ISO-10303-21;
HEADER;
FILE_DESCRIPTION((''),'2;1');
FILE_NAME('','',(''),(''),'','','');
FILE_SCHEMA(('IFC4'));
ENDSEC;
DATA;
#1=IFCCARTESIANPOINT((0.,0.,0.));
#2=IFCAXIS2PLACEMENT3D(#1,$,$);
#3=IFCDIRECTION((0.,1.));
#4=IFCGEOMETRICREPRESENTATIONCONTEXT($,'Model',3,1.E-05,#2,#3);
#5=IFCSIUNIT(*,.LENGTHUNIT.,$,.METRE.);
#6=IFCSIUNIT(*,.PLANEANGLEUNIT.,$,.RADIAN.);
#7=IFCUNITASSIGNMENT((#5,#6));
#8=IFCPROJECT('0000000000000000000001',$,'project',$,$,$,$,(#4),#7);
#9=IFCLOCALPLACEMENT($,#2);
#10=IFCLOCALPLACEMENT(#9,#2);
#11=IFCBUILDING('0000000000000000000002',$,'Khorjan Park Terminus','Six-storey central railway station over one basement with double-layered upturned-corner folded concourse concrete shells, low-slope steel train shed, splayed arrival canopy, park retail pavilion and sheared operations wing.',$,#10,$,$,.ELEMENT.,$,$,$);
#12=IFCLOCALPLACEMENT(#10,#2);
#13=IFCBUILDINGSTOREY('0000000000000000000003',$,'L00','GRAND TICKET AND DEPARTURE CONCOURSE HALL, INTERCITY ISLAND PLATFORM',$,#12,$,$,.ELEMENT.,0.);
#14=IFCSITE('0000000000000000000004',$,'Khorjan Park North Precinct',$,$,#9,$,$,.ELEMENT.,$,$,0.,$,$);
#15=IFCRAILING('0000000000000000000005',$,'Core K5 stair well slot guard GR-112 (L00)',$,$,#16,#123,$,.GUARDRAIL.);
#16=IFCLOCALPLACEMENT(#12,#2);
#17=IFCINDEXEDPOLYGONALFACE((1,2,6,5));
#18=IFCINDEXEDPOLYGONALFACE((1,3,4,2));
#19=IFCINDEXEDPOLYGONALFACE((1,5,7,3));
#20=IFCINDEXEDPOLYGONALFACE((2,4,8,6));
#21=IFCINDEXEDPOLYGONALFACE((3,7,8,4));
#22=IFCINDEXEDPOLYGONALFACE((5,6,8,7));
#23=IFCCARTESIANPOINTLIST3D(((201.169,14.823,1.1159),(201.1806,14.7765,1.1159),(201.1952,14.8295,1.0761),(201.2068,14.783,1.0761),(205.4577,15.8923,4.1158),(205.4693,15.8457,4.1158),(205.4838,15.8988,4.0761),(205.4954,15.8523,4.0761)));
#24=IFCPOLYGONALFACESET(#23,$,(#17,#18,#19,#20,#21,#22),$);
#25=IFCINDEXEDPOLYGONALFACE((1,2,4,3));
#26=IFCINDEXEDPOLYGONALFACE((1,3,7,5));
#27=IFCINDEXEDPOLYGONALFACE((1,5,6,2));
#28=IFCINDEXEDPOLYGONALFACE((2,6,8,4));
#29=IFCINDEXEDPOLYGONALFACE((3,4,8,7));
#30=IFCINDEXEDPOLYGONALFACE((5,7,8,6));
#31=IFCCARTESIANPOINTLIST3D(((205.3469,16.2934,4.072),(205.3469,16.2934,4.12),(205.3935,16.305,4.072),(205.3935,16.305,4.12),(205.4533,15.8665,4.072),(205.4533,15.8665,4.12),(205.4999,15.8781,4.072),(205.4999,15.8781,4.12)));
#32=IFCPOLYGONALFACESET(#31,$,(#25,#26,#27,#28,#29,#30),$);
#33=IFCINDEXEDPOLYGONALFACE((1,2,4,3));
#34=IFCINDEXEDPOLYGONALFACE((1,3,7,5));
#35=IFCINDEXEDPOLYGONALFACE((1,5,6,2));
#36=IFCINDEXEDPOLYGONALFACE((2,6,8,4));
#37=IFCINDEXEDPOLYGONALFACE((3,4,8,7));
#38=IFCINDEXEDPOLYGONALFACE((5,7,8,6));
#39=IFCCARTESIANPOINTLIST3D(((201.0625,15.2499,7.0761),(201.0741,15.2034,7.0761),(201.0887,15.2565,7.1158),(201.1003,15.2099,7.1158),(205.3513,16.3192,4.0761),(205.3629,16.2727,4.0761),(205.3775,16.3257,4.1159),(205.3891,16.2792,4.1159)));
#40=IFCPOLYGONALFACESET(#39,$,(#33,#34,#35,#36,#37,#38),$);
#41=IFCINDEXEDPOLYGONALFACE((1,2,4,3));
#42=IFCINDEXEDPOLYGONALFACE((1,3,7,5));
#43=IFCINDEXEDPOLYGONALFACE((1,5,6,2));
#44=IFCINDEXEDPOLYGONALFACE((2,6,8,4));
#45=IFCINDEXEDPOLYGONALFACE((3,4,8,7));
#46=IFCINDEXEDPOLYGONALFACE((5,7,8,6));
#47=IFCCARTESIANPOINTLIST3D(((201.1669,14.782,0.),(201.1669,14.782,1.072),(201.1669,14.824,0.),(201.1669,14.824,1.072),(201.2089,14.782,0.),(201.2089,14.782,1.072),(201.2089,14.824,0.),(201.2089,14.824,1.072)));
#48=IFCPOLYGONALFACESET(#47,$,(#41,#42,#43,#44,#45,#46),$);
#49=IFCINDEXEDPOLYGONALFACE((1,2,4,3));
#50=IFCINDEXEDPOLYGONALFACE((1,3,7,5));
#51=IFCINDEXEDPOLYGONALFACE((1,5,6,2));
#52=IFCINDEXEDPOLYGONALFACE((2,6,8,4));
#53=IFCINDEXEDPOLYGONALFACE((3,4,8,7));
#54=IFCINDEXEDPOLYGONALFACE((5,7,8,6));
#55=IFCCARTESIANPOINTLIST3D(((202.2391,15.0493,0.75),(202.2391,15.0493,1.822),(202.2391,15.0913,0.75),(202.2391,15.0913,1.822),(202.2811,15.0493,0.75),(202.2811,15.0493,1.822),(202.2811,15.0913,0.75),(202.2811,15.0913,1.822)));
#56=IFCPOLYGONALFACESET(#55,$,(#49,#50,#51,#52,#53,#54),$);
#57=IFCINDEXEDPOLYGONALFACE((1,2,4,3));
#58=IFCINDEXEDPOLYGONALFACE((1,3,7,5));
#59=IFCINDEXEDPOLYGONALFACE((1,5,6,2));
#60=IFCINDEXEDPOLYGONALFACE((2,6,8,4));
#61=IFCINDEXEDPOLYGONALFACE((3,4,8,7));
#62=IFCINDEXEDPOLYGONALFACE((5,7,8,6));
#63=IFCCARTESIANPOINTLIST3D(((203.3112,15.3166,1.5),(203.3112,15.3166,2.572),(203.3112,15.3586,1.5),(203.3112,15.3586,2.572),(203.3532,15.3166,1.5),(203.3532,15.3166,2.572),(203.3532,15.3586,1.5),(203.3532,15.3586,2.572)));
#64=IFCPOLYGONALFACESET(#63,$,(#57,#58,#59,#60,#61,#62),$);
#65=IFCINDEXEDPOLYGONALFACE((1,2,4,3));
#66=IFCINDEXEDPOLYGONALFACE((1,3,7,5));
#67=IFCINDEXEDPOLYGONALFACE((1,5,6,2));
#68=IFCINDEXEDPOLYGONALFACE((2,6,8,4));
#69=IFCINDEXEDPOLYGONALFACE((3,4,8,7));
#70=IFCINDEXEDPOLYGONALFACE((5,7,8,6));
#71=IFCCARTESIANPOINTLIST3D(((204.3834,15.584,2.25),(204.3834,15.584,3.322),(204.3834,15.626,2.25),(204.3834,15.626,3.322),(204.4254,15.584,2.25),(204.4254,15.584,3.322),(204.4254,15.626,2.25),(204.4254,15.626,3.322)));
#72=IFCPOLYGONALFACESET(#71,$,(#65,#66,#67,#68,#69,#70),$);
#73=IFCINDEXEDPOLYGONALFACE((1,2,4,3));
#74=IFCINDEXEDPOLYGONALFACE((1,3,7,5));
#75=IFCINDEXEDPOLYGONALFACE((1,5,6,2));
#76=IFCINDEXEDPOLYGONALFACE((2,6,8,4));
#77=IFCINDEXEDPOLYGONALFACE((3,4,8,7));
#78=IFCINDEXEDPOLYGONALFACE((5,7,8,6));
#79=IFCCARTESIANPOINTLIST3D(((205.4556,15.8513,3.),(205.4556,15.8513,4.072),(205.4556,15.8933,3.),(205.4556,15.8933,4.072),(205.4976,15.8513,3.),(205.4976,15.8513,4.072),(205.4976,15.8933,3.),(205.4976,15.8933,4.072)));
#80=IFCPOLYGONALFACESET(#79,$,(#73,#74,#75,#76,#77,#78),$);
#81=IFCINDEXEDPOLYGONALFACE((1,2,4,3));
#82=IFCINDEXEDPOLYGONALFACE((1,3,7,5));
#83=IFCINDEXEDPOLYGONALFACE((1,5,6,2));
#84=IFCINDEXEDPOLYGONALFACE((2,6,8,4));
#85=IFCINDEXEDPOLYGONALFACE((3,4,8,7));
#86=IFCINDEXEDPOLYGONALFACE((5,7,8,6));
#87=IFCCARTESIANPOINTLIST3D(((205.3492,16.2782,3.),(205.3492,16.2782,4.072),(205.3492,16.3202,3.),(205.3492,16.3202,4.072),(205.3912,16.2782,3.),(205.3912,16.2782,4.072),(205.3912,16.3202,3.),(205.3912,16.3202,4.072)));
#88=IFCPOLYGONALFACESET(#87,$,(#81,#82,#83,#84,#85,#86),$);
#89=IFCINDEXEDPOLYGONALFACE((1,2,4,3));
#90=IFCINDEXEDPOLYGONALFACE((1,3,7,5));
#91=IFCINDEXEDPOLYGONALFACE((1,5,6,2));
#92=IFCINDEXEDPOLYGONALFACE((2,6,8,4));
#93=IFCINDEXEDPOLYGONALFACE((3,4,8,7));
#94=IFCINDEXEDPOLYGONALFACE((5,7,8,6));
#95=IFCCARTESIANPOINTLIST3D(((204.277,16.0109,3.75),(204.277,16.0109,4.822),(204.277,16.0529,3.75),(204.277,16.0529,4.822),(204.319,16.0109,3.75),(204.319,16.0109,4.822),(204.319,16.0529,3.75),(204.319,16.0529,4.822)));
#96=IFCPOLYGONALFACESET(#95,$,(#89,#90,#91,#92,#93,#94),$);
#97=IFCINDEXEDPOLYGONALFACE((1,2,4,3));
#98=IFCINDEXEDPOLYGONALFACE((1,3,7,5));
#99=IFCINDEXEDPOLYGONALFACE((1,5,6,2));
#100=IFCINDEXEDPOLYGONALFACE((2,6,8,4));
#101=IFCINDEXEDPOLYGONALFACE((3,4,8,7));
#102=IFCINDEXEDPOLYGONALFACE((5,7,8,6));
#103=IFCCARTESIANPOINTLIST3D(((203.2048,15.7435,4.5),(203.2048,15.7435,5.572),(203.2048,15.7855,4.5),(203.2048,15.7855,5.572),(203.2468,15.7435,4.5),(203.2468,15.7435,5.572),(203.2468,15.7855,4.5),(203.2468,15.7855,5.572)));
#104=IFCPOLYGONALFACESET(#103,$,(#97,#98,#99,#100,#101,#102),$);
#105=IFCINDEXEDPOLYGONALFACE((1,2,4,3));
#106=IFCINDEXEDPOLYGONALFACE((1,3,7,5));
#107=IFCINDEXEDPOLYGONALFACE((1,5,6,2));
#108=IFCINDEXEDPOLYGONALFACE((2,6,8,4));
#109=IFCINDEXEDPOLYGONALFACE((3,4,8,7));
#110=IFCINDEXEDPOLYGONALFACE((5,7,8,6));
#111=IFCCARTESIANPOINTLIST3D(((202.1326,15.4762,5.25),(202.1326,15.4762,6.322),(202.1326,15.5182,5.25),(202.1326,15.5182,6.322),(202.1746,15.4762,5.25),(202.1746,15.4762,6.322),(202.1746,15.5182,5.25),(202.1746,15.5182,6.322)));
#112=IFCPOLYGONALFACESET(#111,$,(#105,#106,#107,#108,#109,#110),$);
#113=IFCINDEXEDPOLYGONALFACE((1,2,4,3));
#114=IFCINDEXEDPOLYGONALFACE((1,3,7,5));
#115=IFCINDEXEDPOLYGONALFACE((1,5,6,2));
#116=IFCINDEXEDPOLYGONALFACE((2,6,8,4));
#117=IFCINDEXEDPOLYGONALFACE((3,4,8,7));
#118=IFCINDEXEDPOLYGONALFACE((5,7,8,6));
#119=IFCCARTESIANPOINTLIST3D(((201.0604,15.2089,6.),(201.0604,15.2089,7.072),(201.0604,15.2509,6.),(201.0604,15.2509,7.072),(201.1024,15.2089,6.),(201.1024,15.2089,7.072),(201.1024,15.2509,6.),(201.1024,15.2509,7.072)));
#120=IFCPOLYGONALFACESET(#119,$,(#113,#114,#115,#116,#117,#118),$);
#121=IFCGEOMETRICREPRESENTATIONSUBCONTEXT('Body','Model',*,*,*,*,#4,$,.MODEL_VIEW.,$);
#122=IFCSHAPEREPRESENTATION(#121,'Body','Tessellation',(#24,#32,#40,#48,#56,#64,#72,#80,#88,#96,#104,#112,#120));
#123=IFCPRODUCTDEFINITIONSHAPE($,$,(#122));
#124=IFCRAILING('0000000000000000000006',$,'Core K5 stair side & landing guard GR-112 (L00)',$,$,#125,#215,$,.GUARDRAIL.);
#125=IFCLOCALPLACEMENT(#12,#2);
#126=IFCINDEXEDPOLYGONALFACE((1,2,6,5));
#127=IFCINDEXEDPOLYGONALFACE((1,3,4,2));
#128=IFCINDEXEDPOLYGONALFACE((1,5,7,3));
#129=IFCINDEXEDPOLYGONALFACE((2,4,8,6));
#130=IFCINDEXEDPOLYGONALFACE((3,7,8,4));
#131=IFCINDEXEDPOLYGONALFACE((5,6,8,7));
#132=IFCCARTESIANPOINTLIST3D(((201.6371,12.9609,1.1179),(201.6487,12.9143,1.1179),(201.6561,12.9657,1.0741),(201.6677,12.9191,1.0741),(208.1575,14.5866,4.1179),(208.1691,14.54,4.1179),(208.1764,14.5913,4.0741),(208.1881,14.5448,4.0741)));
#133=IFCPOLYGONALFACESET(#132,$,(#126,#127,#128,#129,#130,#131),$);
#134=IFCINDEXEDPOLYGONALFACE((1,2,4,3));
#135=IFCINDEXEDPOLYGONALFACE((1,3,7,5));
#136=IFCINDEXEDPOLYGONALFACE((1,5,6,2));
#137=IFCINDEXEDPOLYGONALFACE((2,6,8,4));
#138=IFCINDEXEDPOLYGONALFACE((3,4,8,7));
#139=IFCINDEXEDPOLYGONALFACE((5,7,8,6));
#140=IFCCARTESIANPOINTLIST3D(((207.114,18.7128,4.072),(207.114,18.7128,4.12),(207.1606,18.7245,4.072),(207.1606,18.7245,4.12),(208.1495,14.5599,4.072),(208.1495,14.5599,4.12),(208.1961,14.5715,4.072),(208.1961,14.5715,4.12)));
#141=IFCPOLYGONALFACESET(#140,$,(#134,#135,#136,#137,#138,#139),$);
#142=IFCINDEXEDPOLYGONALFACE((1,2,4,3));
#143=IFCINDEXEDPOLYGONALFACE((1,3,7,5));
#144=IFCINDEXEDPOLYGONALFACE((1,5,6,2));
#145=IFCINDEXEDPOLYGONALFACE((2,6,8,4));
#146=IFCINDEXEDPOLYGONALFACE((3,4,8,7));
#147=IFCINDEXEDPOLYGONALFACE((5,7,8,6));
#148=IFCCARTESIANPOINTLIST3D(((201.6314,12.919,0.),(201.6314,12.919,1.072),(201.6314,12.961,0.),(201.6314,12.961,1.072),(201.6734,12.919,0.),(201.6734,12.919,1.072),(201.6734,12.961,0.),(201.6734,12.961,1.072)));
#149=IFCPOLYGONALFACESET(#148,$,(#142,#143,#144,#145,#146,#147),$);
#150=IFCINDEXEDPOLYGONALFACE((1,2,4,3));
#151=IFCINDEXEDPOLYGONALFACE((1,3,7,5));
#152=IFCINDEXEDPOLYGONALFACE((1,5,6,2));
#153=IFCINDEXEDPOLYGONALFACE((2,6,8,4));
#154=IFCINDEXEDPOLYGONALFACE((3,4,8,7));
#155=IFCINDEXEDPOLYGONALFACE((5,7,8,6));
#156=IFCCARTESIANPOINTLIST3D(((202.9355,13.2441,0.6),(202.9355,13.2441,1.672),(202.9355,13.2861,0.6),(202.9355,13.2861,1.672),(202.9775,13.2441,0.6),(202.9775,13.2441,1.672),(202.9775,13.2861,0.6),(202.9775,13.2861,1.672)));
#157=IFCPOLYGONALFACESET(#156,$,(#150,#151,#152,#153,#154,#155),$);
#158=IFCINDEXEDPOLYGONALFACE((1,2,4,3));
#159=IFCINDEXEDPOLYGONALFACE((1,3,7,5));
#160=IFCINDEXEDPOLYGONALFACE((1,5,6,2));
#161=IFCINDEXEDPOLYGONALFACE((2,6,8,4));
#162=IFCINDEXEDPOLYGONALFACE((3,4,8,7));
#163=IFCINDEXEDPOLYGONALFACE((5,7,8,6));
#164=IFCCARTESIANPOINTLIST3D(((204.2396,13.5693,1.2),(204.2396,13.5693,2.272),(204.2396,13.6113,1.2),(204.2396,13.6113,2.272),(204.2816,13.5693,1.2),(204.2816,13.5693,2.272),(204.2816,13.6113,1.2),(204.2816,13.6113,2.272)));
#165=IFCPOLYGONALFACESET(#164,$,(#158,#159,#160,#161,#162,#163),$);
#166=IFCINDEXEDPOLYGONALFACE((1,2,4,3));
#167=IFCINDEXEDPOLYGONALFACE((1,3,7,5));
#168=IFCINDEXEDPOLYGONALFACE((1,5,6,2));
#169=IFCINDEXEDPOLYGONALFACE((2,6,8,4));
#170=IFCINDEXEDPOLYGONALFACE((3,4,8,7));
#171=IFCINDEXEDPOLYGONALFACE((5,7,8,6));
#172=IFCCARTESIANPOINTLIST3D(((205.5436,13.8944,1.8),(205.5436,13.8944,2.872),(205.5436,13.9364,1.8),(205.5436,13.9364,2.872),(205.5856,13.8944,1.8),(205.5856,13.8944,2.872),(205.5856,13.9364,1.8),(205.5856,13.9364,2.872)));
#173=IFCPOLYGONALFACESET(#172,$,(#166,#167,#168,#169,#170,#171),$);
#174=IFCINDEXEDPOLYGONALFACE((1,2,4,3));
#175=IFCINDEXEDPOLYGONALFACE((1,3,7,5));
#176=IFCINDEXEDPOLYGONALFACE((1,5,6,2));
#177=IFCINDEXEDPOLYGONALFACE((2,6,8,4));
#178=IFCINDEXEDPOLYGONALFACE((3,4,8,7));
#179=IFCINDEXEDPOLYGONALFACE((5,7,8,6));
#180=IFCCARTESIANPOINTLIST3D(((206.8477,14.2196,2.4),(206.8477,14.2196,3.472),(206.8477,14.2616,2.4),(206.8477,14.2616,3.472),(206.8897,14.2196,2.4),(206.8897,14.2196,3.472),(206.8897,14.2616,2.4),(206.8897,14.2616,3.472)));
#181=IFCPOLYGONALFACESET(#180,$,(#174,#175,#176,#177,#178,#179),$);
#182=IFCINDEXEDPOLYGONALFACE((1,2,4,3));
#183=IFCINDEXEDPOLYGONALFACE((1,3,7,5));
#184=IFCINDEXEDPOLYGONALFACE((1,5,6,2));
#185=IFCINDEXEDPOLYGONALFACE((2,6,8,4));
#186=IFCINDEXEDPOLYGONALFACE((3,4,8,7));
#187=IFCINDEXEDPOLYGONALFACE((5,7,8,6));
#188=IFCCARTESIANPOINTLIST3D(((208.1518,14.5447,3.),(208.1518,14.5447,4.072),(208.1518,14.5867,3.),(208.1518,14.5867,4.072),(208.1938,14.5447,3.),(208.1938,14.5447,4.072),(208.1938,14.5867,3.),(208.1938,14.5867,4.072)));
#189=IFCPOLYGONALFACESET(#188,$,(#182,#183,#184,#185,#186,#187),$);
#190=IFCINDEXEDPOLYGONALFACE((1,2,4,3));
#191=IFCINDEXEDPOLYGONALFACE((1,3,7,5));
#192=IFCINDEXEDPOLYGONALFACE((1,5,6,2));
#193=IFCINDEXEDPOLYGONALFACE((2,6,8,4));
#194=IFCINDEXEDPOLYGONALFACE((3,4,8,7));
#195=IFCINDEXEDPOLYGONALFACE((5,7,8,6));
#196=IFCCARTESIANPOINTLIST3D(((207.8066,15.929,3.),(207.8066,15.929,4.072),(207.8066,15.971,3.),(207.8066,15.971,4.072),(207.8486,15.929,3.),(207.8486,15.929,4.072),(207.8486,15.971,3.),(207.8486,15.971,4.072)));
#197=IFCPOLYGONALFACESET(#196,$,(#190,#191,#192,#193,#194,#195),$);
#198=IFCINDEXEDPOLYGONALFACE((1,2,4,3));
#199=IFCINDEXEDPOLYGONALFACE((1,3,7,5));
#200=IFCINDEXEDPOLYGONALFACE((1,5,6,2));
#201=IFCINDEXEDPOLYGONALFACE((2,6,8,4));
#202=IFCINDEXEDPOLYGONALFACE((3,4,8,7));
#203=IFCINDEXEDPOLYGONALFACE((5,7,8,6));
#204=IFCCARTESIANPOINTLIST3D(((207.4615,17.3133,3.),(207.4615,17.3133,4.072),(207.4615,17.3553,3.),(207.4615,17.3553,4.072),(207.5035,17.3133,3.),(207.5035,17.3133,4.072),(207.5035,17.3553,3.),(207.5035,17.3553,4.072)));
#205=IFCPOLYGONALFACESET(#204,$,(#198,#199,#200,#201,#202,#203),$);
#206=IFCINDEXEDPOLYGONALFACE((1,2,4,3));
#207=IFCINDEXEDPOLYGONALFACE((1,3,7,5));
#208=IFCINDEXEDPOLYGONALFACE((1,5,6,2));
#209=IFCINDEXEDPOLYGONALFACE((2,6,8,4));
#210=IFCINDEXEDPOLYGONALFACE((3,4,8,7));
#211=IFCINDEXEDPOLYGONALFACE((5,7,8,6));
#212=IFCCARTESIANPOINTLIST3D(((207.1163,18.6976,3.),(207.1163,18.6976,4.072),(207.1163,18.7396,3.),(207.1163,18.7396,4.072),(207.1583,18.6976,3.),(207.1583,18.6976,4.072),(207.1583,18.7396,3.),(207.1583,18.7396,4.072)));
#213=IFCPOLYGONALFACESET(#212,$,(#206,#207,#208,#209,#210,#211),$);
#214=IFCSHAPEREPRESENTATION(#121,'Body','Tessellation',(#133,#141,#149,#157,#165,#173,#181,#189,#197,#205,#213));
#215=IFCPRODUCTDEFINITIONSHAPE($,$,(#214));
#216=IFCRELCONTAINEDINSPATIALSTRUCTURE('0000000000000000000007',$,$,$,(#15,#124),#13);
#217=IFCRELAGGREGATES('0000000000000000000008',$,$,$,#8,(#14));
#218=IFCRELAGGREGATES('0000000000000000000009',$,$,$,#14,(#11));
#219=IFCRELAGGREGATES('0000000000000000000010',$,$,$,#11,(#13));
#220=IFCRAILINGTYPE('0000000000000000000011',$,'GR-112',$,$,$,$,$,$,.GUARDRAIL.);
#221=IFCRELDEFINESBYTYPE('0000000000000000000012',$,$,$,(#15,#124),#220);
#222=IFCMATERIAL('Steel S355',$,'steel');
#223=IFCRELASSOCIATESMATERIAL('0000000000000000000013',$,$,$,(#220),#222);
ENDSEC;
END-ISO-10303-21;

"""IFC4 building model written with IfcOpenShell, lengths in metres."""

from ifc_helpers import new_model, si_unit, direction, frame, origin, origin_2d, place, context, subcontext, project, spatial, rectangle, extrude, material, type_object, element, save


model = new_model("IFC4")

# Units and contexts
model_context = context("Model", 3, precision=1e-05, world=origin(), true_north=direction((0.0, 1.0)))
body_context = subcontext(model_context, "Body", "Model", "MODEL_VIEW")
ifc_project = project(units=[si_unit("LENGTHUNIT", "METRE"), si_unit("PLANEANGLEUNIT", "RADIAN")], contexts=[model_context])

# Site, building, storey
site_placement = place(None, origin())
site = spatial("IfcSite", under=ifc_project, at=site_placement, Name="Khorjan Park North Precinct", CompositionType="ELEMENT", RefElevation=0.0)
building_placement = place(site_placement, origin())
building = spatial("IfcBuilding", under=site, at=building_placement, Name="Khorjan Park Terminus", Description="Six-storey central railway station over one basement with double-layered upturned-corner folded concourse concrete shells, low-slope steel train shed, splayed arrival canopy, park retail pavilion and sheared operations wing.", CompositionType="ELEMENT")
storey_placement = place(building_placement, origin())
storey = spatial("IfcBuildingStorey", under=building, at=storey_placement, Name="L00", Description="GRAND TICKET AND DEPARTURE CONCOURSE HALL, INTERCITY ISLAND PLATFORM", CompositionType="ELEMENT", Elevation=0.0)

# Shared definitions
ifc_material_1 = material(Name="Steel S355", Category="steel")

# Railings
railing_type_1 = type_object("IfcRailingType", Name="GR-112", PredefinedType="GUARDRAIL", material=ifc_material_1)
railing_1_placement = place(storey_placement, frame((201.1879, 14.803, 0.0)))
element("IfcRailing", 1, at=railing_1_placement, inside=storey, type_object=railing_type_1, Name="Core K5 stair well slot guard GR-112 (L00)", PredefinedType="GUARDRAIL", context=body_context, shape_type="SweptSolid", body=[
    extrude(rectangle(XDim=0.048, YDim=0.048, at=origin_2d()), frame((0.0, 0.0, 1.096), z_axis=(0.802835, 0.200171, 0.561593), x_axis=(-0.241923, 0.970295, 0.0)), (0.0, 0.0, 1.0), 5.3419),
    extrude(rectangle(XDim=0.048, YDim=0.048, at=origin_2d()), frame((4.2887, 1.0693, 4.096), z_axis=(-0.24184, 0.970316, 0.0), x_axis=(-0.970316, -0.24184, 0.0)), (0.0, 0.0, 1.0), 0.44),
    extrude(rectangle(XDim=0.048, YDim=0.048, at=origin_2d()), frame((4.1823, 1.4962, 4.096), z_axis=(-0.802842, -0.200168, 0.561585), x_axis=(0.241918, -0.970297, 0.0)), (0.0, 0.0, 1.0), 5.342),
    extrude(rectangle(XDim=0.042, YDim=0.042, at=origin_2d()), origin(), (0.0, 0.0, 1.0), 1.072),
    extrude(rectangle(XDim=0.042, YDim=0.042, at=origin_2d()), frame((1.0722, 0.2673, 0.75)), (0.0, 0.0, 1.0), 1.072),
    extrude(rectangle(XDim=0.042, YDim=0.042, at=origin_2d()), frame((2.1443, 0.5346, 1.5)), (0.0, 0.0, 1.0), 1.072),
    extrude(rectangle(XDim=0.042, YDim=0.042, at=origin_2d()), frame((3.2165, 0.802, 2.25)), (0.0, 0.0, 1.0), 1.072),
    extrude(rectangle(XDim=0.042, YDim=0.042, at=origin_2d()), frame((4.2887, 1.0693, 3.0)), (0.0, 0.0, 1.0), 1.072),
    extrude(rectangle(XDim=0.042, YDim=0.042, at=origin_2d()), frame((4.1823, 1.4962, 3.0)), (0.0, 0.0, 1.0), 1.072),
    extrude(rectangle(XDim=0.042, YDim=0.042, at=origin_2d()), frame((3.1101, 1.2289, 3.75)), (0.0, 0.0, 1.0), 1.072),
    extrude(rectangle(XDim=0.042, YDim=0.042, at=origin_2d()), frame((2.0379, 0.9615, 4.5)), (0.0, 0.0, 1.0), 1.072),
    extrude(rectangle(XDim=0.042, YDim=0.042, at=origin_2d()), frame((0.9657, 0.6942, 5.25)), (0.0, 0.0, 1.0), 1.072),
    extrude(rectangle(XDim=0.042, YDim=0.042, at=origin_2d()), frame((-0.1065, 0.4269, 6.0)), (0.0, 0.0, 1.0), 1.072),
])
railing_2_placement = place(storey_placement, frame((201.6524, 12.94, 0.0)))
element("IfcRailing", 2, at=railing_2_placement, inside=storey, type_object=railing_type_1, Name="Core K5 stair side & landing guard GR-112 (L00)", PredefinedType="GUARDRAIL", context=body_context, shape_type="SweptSolid", body=[
    extrude(rectangle(XDim=0.048, YDim=0.048, at=origin_2d()), frame((0.0, 0.0, 1.096), z_axis=(0.886015, 0.220906, 0.40765), x_axis=(-0.241919, 0.970296, 0.0)), (0.0, 0.0, 1.0), 7.3592),
    extrude(rectangle(XDim=0.048, YDim=0.048, at=origin_2d()), frame((6.5204, 1.6257, 4.096), z_axis=(-0.241936, 0.970292, 0.0), x_axis=(-0.970292, -0.241936, 0.0)), (0.0, 0.0, 1.0), 4.2801),
    extrude(rectangle(XDim=0.042, YDim=0.042, at=origin_2d()), origin(), (0.0, 0.0, 1.0), 1.072),
    extrude(rectangle(XDim=0.042, YDim=0.042, at=origin_2d()), frame((1.3041, 0.3251, 0.6)), (0.0, 0.0, 1.0), 1.072),
    extrude(rectangle(XDim=0.042, YDim=0.042, at=origin_2d()), frame((2.6082, 0.6503, 1.2)), (0.0, 0.0, 1.0), 1.072),
    extrude(rectangle(XDim=0.042, YDim=0.042, at=origin_2d()), frame((3.9122, 0.9754, 1.8)), (0.0, 0.0, 1.0), 1.072),
    extrude(rectangle(XDim=0.042, YDim=0.042, at=origin_2d()), frame((5.2163, 1.3006, 2.4)), (0.0, 0.0, 1.0), 1.072),
    extrude(rectangle(XDim=0.042, YDim=0.042, at=origin_2d()), frame((6.5204, 1.6257, 3.0)), (0.0, 0.0, 1.0), 1.072),
    extrude(rectangle(XDim=0.042, YDim=0.042, at=origin_2d()), frame((6.1752, 3.01, 3.0)), (0.0, 0.0, 1.0), 1.072),
    extrude(rectangle(XDim=0.042, YDim=0.042, at=origin_2d()), frame((5.8301, 4.3943, 3.0)), (0.0, 0.0, 1.0), 1.072),
    extrude(rectangle(XDim=0.042, YDim=0.042, at=origin_2d()), frame((5.4849, 5.7786, 3.0)), (0.0, 0.0, 1.0), 1.072),
])

save(model, "model.ifc")
